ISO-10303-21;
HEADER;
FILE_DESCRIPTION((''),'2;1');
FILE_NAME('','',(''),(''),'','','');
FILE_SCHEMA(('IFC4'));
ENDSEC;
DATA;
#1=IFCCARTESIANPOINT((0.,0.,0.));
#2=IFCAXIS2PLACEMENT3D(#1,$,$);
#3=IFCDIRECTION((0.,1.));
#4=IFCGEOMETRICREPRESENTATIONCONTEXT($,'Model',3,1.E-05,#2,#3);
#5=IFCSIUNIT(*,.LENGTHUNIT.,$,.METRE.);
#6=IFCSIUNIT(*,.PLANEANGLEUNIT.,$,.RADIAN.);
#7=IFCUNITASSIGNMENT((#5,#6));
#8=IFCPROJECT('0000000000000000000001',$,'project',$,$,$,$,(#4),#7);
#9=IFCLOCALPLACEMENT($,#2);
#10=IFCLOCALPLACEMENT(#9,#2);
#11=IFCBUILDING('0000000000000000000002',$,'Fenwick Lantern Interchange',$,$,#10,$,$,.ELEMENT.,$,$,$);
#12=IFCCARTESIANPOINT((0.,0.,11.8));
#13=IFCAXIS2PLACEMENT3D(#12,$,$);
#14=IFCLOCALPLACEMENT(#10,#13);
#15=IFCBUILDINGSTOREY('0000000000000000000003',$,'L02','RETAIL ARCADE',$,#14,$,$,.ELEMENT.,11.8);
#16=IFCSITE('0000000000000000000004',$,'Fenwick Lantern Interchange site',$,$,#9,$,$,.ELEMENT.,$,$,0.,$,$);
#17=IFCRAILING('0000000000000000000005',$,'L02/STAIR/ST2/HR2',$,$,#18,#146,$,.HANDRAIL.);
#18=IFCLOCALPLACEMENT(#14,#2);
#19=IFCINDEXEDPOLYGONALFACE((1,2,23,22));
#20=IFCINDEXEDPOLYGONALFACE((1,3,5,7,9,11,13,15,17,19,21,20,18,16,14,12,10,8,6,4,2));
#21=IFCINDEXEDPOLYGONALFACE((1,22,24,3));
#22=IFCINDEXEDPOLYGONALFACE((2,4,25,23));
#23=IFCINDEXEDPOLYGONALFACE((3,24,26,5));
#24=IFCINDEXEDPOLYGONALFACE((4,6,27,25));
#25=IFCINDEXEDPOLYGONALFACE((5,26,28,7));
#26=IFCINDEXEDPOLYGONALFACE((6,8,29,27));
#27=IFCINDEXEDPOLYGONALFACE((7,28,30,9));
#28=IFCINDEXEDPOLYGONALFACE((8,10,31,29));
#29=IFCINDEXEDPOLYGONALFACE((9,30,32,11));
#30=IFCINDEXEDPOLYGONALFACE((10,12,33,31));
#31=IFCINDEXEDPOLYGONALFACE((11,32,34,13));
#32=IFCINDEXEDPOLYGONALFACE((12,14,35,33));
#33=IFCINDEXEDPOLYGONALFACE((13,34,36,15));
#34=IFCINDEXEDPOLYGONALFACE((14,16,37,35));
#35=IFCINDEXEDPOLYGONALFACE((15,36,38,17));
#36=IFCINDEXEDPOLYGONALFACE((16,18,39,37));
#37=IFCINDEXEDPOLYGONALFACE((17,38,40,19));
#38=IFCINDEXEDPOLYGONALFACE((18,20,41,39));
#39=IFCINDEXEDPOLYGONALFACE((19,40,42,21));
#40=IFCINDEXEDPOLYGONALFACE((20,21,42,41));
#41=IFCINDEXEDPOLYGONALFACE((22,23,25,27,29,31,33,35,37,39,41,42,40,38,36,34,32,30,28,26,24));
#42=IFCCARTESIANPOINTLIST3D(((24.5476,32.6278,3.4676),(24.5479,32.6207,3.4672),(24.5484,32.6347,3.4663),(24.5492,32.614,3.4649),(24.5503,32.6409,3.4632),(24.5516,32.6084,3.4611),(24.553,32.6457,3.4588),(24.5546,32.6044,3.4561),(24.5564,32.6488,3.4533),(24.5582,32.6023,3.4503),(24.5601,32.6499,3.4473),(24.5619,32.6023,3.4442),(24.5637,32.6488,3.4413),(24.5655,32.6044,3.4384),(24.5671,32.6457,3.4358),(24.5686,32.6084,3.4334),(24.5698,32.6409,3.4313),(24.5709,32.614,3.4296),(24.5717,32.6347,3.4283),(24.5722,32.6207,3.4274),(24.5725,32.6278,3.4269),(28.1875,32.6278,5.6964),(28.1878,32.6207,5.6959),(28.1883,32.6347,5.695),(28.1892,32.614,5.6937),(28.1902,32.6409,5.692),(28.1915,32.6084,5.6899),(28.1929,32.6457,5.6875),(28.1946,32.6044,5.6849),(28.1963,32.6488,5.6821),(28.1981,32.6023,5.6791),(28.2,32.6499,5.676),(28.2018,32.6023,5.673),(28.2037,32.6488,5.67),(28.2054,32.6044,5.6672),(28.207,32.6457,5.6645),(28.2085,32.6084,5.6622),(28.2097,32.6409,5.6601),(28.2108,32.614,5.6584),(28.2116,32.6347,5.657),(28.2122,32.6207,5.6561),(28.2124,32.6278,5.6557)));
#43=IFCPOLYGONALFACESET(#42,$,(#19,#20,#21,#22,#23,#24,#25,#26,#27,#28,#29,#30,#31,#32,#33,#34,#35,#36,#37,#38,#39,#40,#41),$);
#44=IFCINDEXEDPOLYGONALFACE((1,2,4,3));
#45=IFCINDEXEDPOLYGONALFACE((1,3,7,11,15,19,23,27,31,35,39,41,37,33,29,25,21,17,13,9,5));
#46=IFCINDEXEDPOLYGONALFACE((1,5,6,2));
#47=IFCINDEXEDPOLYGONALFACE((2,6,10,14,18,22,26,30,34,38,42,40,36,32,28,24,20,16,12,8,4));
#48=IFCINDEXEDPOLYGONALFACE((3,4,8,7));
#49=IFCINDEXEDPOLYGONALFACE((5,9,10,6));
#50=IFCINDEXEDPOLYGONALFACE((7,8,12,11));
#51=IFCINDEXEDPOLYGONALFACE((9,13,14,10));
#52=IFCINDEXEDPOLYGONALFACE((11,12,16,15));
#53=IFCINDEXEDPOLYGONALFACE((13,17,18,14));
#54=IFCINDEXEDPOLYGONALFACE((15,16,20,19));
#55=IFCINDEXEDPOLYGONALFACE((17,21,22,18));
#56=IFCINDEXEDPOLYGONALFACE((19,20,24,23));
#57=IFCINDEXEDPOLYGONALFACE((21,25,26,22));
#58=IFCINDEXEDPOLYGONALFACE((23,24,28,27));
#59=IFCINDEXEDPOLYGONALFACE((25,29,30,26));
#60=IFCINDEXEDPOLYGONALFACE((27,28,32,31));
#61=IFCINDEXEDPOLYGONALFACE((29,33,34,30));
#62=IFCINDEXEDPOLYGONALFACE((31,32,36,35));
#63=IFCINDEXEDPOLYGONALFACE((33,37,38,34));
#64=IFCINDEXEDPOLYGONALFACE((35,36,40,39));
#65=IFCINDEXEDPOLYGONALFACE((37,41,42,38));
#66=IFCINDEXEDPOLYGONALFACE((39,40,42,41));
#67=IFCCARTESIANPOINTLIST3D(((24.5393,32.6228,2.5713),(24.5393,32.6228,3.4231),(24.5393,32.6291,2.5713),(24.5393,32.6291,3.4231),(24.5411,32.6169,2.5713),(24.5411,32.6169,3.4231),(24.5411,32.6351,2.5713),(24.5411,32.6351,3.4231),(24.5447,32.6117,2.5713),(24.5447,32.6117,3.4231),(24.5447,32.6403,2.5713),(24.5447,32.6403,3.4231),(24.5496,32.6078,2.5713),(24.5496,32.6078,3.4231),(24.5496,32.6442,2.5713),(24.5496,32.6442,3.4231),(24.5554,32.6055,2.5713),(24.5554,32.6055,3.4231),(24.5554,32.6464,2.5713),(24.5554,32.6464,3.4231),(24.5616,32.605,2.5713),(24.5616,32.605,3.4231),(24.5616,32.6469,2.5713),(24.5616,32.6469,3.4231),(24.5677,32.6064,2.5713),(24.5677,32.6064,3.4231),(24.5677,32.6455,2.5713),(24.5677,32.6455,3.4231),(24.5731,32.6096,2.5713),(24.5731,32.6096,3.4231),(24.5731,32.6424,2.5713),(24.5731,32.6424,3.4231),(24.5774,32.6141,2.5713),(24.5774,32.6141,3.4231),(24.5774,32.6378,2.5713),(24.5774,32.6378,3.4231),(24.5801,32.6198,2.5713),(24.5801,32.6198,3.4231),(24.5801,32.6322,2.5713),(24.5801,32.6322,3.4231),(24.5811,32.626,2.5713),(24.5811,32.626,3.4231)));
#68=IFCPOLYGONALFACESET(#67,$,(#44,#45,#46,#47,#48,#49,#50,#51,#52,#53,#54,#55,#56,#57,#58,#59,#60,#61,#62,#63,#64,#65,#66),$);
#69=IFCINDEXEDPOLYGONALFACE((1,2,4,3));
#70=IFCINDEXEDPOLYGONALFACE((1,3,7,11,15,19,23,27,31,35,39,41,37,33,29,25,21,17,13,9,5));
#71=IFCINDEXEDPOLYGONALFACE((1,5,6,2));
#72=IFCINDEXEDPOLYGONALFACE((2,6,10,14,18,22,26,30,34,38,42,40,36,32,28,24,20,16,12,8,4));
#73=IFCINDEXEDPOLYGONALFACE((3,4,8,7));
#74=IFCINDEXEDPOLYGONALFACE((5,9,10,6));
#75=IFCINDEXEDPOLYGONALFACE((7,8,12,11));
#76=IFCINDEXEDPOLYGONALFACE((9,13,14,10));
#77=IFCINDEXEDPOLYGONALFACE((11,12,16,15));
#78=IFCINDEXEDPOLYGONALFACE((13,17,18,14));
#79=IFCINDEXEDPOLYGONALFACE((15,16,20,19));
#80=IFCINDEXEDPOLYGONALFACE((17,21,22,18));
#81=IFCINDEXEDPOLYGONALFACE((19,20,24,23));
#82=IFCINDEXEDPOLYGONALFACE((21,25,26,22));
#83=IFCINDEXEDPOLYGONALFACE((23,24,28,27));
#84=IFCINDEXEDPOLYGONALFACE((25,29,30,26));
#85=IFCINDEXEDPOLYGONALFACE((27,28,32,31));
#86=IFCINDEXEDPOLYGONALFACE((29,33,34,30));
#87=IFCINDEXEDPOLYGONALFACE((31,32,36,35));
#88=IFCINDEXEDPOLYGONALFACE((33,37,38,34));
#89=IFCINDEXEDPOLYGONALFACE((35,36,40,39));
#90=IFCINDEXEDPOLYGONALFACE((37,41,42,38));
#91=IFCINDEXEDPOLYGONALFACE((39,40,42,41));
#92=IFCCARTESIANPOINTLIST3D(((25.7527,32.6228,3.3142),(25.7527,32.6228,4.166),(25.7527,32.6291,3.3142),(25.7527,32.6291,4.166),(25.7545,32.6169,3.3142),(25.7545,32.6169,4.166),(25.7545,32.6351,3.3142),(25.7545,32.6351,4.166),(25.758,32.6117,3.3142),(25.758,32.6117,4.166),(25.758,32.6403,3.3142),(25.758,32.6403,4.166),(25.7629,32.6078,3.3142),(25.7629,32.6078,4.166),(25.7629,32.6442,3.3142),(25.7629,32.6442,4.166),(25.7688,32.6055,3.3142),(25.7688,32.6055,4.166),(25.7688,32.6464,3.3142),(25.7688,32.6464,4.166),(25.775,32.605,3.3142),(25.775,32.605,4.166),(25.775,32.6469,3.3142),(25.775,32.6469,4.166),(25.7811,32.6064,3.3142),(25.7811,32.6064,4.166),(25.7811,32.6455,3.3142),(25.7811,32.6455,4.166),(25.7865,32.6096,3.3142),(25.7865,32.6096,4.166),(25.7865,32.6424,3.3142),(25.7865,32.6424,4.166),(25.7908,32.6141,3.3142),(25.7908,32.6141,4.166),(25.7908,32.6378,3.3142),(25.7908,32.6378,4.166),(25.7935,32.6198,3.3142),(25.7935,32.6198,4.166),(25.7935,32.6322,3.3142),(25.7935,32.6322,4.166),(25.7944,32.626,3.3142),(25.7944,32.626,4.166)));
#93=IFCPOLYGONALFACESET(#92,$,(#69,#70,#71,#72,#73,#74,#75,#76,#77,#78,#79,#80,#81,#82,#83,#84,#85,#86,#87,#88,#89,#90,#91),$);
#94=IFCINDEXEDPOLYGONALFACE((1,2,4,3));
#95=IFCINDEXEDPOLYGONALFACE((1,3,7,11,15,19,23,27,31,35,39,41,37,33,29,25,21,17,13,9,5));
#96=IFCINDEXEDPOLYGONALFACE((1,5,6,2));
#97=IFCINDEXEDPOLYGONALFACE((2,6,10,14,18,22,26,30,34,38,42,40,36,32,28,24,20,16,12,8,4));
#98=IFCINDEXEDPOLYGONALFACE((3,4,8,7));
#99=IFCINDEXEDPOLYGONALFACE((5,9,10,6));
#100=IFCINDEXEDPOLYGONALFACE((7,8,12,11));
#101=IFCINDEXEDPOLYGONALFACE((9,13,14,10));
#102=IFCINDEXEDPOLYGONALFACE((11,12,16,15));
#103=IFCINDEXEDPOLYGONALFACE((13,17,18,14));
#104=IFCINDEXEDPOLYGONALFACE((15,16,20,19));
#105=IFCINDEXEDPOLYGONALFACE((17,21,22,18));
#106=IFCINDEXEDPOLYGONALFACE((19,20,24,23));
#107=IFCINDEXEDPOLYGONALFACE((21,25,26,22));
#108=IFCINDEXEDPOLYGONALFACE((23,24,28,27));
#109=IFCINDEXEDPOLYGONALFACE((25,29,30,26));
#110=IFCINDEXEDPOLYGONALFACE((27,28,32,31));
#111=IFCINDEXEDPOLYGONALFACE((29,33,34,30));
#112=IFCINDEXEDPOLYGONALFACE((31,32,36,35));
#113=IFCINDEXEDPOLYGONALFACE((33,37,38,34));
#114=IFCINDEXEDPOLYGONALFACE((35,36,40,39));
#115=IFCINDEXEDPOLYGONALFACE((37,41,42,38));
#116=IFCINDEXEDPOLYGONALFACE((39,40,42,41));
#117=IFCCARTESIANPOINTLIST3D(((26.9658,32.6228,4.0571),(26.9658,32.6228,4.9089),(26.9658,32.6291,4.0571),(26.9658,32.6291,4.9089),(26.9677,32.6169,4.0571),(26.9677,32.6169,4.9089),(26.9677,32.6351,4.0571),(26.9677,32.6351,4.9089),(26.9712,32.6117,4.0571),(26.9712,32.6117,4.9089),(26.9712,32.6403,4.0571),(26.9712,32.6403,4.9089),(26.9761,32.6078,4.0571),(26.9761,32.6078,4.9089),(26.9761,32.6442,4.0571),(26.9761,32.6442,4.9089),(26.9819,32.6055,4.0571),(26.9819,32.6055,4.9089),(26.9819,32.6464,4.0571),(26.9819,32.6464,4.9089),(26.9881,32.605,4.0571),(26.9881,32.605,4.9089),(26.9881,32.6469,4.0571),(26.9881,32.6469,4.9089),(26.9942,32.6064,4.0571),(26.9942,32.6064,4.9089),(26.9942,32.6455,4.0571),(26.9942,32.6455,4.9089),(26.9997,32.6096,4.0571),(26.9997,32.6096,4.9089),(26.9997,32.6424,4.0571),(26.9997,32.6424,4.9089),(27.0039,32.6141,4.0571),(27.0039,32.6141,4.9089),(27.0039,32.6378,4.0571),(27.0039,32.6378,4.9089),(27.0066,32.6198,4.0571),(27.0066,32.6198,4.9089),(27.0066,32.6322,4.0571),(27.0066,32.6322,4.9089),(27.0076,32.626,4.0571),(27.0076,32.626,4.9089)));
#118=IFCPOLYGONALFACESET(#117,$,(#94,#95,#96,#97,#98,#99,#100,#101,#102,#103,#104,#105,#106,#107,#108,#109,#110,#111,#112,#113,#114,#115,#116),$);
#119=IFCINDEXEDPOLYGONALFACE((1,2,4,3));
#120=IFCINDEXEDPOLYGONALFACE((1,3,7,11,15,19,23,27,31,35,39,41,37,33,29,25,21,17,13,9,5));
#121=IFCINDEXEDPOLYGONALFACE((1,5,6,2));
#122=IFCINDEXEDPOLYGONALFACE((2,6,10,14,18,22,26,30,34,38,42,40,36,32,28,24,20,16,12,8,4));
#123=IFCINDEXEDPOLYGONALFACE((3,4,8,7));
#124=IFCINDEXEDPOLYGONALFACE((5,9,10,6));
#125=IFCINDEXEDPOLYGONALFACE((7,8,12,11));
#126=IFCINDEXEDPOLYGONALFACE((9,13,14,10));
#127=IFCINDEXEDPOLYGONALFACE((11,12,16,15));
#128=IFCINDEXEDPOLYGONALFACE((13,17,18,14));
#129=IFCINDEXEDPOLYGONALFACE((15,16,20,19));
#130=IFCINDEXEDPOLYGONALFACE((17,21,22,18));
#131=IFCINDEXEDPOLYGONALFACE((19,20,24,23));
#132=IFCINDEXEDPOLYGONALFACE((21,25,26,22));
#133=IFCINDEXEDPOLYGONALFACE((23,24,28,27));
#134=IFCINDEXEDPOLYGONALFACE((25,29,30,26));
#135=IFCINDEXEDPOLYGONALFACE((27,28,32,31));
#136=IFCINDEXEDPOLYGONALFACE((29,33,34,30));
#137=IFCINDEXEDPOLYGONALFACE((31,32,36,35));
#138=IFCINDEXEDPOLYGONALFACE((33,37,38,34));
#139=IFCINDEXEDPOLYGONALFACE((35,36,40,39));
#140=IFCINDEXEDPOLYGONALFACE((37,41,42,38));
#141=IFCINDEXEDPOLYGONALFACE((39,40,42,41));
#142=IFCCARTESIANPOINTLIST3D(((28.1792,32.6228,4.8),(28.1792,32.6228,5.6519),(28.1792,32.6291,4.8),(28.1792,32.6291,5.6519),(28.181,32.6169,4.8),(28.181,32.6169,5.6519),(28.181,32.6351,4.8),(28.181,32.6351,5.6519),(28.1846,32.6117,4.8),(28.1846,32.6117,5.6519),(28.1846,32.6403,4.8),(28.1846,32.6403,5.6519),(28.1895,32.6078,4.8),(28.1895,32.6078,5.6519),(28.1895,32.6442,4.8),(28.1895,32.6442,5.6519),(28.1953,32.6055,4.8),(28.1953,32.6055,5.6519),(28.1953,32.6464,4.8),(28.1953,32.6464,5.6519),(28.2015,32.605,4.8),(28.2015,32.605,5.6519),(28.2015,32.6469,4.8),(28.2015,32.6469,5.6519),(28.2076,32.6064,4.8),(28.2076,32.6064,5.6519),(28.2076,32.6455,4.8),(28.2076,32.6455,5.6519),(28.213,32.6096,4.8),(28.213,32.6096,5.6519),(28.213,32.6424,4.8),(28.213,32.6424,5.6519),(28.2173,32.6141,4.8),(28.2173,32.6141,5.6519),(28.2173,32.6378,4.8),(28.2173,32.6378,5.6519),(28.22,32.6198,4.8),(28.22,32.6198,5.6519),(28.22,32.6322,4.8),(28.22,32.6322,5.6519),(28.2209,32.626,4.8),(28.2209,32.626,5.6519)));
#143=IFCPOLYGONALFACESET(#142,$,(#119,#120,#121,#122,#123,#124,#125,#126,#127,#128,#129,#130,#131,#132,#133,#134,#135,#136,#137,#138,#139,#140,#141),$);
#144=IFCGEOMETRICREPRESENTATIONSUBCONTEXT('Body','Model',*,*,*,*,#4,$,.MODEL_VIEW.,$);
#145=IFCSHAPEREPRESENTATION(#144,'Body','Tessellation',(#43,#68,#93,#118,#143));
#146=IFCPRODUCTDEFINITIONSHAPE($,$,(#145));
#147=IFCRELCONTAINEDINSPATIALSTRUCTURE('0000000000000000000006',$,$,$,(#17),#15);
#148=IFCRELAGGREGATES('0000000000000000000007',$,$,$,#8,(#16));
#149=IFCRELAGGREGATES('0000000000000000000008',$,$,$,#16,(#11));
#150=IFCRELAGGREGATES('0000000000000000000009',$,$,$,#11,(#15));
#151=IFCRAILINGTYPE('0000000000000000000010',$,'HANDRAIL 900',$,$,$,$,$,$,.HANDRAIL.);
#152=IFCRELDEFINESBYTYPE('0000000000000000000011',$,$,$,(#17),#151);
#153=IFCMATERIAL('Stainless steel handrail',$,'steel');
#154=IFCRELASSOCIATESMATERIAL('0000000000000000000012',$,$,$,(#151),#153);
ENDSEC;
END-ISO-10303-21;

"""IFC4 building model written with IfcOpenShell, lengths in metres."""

from ifc_helpers import new_model, si_unit, direction, frame, origin, origin_2d, place, context, subcontext, project, spatial, circle, extrude, material, type_object, element, save


model = new_model("IFC4")

# Units and contexts
model_context = context("Model", 3, precision=1e-05, world=origin(), true_north=direction((0.0, 1.0)))
body_context = subcontext(model_context, "Body", "Model", "MODEL_VIEW")
ifc_project = project(units=[si_unit("LENGTHUNIT", "METRE"), si_unit("PLANEANGLEUNIT", "RADIAN")], contexts=[model_context])

# Site, building, storey
site_placement = place(None, origin())
site = spatial("IfcSite", under=ifc_project, at=site_placement, Name="Fenwick Lantern Interchange site", CompositionType="ELEMENT", RefElevation=0.0)
building_placement = place(site_placement, origin())
building = spatial("IfcBuilding", under=site, at=building_placement, Name="Fenwick Lantern Interchange", CompositionType="ELEMENT")
storey_placement = place(building_placement, frame((0.0, 0.0, 11.8)))
storey = spatial("IfcBuildingStorey", under=building, at=storey_placement, Name="L02", Description="RETAIL ARCADE", CompositionType="ELEMENT", Elevation=11.8)

# Railing
ifc_material_1 = material(Name="Stainless steel handrail", Category="steel")
railing_type = type_object("IfcRailingType", Name="HANDRAIL 900", PredefinedType="HANDRAIL", material=ifc_material_1)
railing_1_placement = place(storey_placement, frame((24.5601, 32.626, 2.5713)))
element("IfcRailing", 1, at=railing_1_placement, inside=storey, type_object=railing_type, Name="L02/STAIR/ST2/HR2", PredefinedType="HANDRAIL", context=body_context, shape_type="SweptSolid", body=[
    extrude(circle(Radius=0.0239, at=origin_2d()), frame((0.0, 0.0, 0.876), z_axis=(0.852825, 0.0, 0.522197), x_axis=(0.0, 1.0, 0.0)), (0.0, 0.0, 1.0), 4.2681),
    extrude(circle(Radius=0.021, at=origin_2d()), origin(), (0.0, 0.0, 1.0), 0.8518),
    extrude(circle(Radius=0.021, at=origin_2d()), frame((1.2134, 0.0, 0.7429)), (0.0, 0.0, 1.0), 0.8518),
    extrude(circle(Radius=0.021, at=origin_2d()), frame((2.4265, 0.0, 1.4858)), (0.0, 0.0, 1.0), 0.8518),
    extrude(circle(Radius=0.021, at=origin_2d()), frame((3.6399, 0.0, 2.2288)), (0.0, 0.0, 1.0), 0.8518),
])

save(model, "model.ifc")
